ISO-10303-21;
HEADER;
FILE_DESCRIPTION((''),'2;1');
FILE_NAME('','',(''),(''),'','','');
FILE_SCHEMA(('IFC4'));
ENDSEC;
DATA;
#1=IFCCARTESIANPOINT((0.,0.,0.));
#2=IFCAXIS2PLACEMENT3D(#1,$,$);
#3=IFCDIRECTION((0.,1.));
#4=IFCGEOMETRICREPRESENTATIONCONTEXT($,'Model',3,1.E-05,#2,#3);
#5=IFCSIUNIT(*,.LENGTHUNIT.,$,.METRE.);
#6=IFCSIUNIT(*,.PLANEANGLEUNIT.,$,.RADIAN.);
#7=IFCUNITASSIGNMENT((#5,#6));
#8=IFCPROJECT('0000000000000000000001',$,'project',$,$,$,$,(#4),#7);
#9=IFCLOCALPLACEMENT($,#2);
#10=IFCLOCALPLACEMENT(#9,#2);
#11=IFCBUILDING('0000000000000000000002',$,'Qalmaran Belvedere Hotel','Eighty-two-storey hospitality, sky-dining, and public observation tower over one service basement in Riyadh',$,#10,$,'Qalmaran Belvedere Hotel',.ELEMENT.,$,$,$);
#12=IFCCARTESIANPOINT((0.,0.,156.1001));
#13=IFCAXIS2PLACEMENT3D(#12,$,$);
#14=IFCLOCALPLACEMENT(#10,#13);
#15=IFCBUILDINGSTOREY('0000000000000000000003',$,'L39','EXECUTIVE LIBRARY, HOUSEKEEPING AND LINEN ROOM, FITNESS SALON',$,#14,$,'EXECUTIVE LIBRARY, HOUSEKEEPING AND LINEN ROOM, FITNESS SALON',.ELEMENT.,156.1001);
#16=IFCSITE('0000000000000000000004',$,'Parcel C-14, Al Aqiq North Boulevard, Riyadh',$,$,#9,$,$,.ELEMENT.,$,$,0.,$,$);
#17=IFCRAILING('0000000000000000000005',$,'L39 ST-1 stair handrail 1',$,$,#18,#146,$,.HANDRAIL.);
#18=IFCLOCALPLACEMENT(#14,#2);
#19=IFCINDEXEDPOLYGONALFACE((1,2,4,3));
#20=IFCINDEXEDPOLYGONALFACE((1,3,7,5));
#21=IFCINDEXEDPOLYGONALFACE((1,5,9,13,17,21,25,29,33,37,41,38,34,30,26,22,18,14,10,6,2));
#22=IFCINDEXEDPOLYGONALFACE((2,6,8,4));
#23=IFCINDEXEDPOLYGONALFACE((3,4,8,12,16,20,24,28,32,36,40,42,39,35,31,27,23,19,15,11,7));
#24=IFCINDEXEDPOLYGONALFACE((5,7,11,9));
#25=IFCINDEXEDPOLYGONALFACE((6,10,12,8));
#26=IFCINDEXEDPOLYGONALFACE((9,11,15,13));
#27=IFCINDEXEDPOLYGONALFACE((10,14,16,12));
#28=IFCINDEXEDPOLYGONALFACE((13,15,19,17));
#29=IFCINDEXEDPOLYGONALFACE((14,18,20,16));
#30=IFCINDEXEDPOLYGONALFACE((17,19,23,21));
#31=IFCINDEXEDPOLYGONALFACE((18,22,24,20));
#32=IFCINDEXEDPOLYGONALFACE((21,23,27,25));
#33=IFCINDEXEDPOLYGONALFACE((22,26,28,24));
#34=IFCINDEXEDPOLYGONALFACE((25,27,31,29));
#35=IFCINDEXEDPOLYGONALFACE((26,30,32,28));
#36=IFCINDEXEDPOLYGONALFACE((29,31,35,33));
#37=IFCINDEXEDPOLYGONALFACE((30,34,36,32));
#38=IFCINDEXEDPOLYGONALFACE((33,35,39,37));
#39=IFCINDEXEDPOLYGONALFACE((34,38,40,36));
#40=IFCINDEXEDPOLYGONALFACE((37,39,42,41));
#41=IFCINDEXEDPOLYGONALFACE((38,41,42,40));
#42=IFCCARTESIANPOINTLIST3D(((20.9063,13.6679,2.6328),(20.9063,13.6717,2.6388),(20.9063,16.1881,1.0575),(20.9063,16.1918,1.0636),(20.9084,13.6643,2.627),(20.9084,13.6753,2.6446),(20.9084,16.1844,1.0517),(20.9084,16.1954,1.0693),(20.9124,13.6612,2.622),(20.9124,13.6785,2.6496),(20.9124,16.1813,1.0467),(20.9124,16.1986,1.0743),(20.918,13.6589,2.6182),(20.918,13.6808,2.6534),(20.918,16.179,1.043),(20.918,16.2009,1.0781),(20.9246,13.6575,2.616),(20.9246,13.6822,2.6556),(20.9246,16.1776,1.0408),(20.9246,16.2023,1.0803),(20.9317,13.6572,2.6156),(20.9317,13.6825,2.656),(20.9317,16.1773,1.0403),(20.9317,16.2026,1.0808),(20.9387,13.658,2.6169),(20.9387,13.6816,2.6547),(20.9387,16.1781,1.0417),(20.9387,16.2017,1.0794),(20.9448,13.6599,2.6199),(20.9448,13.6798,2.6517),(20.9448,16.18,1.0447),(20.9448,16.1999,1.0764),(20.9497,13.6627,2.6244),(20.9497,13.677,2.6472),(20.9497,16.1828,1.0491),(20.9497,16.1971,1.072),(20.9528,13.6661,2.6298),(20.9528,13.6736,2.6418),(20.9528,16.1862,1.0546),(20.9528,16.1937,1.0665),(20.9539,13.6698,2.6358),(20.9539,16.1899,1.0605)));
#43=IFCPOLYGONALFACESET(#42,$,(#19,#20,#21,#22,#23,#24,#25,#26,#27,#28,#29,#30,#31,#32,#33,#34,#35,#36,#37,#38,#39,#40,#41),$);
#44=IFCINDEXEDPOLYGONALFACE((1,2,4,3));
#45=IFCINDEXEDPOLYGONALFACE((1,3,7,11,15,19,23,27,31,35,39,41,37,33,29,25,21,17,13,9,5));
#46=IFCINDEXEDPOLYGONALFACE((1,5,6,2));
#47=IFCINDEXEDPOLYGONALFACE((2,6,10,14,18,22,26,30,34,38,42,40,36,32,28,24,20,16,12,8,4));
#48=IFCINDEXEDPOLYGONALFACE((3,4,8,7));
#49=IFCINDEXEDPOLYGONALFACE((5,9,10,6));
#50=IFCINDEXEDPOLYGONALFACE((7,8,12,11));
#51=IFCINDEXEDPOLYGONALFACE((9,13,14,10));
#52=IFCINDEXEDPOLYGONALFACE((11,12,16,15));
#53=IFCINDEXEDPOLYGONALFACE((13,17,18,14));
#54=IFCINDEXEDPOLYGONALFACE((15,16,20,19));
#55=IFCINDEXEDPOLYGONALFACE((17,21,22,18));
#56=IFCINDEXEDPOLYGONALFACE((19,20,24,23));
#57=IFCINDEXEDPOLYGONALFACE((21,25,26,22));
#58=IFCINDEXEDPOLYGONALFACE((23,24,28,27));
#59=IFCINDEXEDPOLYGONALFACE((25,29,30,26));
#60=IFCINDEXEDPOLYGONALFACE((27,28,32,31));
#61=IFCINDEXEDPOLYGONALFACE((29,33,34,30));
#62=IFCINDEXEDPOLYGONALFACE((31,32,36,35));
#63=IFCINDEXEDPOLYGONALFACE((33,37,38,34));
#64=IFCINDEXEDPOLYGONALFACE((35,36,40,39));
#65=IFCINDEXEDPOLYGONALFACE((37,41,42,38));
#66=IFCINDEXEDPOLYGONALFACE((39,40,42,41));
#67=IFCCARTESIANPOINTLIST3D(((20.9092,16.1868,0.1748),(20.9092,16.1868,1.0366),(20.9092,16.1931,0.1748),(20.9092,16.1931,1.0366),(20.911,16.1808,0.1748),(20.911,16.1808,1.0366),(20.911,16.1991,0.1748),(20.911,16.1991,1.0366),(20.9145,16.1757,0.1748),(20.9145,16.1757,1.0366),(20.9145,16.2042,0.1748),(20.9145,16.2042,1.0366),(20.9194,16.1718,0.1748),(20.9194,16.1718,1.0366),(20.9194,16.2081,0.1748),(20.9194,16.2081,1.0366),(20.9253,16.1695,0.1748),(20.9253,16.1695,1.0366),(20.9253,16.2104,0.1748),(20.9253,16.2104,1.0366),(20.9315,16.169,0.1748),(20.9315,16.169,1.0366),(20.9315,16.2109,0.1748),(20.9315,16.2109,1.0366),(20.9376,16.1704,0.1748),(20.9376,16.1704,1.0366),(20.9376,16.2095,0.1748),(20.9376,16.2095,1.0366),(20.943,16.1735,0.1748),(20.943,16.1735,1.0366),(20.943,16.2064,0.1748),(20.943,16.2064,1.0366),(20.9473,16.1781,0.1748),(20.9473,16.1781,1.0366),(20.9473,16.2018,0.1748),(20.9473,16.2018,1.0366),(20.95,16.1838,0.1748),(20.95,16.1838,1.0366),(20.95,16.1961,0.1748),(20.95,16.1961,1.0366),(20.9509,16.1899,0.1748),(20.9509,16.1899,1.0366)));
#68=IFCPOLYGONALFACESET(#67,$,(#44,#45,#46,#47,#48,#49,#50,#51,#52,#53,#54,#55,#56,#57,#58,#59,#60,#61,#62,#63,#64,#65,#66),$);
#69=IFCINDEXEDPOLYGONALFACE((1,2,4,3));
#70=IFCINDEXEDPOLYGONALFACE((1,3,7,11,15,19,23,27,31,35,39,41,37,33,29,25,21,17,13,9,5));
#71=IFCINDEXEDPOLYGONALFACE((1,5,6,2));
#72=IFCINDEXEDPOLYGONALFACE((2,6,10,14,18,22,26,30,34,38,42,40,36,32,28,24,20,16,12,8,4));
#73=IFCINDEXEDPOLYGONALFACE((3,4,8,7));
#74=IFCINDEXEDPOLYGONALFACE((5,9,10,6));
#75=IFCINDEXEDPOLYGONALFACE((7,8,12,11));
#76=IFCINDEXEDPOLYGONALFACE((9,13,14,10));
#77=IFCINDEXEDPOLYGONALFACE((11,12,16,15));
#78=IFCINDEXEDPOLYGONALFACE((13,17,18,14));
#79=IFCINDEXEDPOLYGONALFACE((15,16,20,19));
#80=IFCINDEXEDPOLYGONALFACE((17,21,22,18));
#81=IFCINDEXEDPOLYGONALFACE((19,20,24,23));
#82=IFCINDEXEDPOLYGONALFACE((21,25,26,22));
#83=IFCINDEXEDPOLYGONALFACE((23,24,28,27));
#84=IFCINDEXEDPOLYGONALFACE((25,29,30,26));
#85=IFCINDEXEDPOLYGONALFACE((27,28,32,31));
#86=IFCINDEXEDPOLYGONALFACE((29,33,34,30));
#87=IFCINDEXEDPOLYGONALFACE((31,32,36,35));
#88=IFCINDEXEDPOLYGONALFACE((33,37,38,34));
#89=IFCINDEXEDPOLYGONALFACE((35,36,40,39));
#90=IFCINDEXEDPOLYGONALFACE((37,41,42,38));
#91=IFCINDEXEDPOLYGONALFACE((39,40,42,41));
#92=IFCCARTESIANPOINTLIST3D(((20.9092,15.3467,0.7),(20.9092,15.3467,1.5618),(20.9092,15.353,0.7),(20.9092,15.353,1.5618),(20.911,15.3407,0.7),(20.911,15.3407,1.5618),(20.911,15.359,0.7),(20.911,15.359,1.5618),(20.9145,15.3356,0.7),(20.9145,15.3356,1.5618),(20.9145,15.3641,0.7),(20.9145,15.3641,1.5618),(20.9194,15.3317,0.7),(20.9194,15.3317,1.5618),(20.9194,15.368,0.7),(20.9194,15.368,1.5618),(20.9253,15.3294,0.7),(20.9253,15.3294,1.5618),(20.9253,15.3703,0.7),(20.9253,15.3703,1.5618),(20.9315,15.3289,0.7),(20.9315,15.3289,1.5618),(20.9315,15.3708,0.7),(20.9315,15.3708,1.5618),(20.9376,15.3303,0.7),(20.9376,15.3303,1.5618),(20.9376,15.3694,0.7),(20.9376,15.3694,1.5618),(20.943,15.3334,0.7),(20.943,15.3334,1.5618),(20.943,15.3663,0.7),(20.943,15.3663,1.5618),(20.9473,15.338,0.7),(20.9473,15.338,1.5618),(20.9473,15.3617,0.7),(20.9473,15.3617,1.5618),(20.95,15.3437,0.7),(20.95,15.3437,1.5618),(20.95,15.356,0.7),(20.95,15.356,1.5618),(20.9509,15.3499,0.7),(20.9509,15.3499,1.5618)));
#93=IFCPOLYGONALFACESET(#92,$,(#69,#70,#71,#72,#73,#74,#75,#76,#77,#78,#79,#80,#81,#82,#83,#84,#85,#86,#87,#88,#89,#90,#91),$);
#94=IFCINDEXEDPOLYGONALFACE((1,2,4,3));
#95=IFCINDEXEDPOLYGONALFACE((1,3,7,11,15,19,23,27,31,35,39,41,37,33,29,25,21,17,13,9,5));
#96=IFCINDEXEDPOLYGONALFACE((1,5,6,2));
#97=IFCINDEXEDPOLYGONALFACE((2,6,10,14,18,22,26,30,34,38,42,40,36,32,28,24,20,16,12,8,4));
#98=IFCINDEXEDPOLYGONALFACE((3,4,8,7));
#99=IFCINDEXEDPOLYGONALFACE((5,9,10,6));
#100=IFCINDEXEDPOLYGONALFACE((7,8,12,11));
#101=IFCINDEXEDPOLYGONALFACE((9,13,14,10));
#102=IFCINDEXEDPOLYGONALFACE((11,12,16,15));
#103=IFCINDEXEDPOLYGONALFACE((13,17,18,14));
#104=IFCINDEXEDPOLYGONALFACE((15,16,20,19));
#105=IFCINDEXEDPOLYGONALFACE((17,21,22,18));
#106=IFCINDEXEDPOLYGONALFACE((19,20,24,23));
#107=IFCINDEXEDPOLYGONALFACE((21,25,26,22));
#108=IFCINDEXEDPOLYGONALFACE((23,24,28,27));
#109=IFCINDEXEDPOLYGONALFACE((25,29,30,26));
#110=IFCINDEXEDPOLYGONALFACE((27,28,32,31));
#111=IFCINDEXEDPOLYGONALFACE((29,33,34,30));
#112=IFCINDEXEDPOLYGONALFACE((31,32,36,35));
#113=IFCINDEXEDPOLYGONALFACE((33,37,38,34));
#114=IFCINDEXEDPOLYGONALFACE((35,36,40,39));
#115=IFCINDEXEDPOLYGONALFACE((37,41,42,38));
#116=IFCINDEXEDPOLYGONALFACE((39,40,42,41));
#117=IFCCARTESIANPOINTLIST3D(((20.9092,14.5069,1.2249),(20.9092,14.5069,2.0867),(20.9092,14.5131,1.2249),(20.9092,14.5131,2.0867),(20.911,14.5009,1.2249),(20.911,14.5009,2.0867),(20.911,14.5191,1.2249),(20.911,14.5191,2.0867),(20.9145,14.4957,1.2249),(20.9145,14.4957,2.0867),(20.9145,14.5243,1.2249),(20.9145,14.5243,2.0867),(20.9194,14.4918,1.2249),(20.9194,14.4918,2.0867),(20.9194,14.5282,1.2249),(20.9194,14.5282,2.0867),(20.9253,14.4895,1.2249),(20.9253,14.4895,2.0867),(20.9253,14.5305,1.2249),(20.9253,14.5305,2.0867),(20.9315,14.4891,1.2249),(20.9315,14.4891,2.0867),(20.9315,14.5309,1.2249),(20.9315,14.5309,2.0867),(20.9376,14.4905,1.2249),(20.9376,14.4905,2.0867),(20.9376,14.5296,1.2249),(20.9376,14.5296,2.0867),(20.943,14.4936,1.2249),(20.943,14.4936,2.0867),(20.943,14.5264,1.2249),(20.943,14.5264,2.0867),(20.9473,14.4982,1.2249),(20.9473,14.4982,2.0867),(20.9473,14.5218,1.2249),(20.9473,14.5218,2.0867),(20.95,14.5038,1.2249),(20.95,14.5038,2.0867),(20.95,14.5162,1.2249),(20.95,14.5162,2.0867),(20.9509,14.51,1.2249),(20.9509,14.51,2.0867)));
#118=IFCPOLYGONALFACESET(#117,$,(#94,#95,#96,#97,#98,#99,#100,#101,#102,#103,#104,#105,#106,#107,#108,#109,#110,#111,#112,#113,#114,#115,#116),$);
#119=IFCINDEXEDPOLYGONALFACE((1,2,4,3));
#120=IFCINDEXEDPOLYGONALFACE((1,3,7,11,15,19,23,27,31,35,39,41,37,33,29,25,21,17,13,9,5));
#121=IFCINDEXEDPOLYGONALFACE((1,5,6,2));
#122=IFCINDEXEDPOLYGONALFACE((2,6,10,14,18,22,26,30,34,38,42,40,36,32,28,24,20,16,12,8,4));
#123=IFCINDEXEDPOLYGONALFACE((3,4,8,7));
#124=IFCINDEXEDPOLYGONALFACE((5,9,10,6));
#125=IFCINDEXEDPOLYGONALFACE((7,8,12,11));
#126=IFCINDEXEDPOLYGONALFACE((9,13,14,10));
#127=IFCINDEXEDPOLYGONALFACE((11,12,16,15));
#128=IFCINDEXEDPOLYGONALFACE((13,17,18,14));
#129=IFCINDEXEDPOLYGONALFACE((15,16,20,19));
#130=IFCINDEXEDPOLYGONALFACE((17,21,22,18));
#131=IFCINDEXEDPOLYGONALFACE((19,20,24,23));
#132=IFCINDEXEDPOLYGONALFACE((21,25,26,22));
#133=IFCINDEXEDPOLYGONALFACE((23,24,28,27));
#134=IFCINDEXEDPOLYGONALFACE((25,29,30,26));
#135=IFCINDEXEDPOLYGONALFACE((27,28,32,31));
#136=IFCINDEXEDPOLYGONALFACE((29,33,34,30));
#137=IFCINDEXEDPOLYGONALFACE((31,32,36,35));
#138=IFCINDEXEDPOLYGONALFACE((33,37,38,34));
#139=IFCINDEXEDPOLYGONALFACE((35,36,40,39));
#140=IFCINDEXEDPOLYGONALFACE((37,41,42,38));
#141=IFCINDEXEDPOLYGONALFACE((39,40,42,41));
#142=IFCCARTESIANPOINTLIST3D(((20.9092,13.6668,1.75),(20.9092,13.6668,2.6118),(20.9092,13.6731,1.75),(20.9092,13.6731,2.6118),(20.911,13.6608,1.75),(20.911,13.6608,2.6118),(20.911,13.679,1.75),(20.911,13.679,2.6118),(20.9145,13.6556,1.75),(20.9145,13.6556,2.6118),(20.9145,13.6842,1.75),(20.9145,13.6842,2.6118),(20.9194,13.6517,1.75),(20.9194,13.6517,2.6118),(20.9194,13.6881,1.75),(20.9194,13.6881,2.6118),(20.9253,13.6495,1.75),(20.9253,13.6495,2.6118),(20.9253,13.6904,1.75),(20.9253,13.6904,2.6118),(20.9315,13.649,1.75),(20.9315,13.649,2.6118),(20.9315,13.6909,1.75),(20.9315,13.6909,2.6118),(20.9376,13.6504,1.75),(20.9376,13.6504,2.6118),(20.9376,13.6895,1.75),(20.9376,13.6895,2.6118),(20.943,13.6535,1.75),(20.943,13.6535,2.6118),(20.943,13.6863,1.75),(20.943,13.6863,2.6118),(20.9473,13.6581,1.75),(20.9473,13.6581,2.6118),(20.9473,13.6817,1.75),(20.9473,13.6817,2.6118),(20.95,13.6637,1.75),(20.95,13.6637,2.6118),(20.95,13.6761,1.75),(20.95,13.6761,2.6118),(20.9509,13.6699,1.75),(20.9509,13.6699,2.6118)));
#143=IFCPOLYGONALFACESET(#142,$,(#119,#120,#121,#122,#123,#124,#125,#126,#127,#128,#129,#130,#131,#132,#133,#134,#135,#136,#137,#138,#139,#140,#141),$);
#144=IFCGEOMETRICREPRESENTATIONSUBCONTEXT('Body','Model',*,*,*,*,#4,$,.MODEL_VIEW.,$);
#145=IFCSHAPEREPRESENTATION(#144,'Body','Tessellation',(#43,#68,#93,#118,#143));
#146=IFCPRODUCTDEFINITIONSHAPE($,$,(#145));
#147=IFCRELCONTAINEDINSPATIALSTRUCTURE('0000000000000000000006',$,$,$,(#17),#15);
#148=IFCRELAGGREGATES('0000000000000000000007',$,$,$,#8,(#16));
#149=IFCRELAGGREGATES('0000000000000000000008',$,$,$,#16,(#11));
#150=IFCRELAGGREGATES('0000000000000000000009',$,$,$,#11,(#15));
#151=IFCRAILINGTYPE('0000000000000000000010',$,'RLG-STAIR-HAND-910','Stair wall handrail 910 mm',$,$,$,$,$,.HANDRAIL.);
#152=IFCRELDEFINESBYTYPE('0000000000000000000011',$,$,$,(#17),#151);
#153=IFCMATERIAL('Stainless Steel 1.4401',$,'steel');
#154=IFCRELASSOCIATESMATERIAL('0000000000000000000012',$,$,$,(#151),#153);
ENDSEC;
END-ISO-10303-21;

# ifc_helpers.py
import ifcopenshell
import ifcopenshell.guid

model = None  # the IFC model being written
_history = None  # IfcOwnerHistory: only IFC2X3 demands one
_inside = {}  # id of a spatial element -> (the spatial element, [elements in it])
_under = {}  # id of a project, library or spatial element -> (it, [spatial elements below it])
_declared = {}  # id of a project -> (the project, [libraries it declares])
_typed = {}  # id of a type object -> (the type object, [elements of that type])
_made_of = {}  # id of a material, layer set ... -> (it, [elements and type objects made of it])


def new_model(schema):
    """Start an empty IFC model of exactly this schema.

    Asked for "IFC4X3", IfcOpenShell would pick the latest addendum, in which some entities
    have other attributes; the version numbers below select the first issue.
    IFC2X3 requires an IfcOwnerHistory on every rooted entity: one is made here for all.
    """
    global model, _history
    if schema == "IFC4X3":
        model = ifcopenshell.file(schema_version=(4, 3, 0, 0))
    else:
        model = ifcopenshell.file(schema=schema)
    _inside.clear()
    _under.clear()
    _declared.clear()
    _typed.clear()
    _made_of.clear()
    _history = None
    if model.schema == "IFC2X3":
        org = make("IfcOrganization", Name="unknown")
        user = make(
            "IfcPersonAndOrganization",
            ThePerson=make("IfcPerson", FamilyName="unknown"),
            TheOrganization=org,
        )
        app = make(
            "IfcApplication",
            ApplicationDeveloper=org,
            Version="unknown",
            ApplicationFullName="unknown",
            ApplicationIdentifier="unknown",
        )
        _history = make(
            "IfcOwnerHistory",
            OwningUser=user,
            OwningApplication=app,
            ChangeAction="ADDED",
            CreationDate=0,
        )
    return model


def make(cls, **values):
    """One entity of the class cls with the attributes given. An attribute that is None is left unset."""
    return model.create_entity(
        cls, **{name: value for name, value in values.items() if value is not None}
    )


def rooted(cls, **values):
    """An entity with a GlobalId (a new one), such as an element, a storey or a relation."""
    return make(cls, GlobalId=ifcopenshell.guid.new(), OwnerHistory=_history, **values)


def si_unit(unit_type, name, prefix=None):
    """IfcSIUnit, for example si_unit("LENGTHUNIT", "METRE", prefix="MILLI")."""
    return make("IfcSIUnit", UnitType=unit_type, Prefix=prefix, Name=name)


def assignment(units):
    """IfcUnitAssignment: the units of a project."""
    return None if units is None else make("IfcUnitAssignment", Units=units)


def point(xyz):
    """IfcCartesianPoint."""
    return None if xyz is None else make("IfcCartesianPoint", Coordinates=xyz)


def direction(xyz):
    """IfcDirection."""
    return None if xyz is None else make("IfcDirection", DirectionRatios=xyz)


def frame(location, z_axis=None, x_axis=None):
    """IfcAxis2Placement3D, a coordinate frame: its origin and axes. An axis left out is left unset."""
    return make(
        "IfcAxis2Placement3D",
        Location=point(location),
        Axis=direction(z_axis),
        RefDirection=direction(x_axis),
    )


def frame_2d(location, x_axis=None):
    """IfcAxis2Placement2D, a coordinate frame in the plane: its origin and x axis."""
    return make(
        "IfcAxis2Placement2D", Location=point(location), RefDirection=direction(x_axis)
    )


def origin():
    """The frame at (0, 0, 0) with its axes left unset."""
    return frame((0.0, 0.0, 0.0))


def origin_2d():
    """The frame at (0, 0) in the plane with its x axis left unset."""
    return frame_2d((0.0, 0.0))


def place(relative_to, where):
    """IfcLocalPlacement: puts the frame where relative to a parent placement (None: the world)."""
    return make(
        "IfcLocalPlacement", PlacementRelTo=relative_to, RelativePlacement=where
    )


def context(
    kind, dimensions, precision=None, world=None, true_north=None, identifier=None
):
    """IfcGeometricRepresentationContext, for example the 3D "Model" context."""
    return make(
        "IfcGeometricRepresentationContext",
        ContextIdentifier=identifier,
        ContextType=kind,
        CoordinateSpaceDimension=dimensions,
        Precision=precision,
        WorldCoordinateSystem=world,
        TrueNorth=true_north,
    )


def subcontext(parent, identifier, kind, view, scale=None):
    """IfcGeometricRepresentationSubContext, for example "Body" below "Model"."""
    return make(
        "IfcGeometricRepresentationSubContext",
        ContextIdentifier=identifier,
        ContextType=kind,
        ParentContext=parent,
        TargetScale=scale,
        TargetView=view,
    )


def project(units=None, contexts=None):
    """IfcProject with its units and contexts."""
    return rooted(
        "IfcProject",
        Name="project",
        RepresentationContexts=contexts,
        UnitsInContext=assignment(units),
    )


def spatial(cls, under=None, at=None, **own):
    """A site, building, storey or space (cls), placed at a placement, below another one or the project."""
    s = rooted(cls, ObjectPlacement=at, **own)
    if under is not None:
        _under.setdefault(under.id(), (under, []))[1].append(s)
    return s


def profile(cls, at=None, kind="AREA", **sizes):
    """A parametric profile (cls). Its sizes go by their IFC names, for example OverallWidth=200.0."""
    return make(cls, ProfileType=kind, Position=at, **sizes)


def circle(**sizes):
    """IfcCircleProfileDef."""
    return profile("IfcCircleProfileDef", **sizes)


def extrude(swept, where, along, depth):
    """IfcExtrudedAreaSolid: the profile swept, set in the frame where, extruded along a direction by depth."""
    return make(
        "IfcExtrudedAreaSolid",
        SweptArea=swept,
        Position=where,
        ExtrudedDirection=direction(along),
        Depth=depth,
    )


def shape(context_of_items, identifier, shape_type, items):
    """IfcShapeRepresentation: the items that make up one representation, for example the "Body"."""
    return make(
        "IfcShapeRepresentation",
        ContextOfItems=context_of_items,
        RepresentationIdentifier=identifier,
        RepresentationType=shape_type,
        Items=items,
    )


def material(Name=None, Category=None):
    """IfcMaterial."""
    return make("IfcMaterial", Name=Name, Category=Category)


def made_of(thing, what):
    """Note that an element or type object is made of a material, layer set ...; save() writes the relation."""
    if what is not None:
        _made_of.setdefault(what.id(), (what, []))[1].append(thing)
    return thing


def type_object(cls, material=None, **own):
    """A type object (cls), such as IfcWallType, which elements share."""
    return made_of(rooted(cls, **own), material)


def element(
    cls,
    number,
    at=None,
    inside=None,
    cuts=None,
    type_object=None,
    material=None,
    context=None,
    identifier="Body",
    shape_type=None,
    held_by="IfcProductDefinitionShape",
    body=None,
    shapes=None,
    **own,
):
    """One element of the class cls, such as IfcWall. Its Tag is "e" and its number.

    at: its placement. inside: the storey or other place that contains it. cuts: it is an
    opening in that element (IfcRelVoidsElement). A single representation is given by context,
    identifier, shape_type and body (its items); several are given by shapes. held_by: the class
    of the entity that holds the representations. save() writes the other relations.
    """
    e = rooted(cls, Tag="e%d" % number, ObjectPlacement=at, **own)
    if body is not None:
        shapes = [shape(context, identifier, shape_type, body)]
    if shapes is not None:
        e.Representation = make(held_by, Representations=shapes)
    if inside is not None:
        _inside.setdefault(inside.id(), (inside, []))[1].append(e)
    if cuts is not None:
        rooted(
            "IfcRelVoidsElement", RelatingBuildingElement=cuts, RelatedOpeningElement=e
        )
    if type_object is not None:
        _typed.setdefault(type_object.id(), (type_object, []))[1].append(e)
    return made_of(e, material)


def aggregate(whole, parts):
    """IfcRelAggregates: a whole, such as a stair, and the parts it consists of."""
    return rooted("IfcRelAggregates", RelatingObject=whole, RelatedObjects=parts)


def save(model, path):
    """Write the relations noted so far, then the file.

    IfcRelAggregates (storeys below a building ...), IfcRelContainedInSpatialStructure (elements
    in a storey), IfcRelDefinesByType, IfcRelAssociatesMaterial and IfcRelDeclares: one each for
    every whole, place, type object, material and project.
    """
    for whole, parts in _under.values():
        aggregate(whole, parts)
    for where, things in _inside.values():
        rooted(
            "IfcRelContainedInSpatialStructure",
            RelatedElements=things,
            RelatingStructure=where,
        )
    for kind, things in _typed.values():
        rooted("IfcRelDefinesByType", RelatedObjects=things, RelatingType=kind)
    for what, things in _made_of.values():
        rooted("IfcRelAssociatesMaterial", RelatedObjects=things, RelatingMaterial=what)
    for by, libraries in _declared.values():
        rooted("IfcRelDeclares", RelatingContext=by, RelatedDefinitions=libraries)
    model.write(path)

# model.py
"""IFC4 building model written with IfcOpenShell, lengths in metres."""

from ifc_helpers import new_model, si_unit, direction, frame, origin, origin_2d, place, context, subcontext, project, spatial, circle, extrude, material, type_object, element, save


model = new_model("IFC4")

# Units and contexts
model_context = context("Model", 3, precision=1e-05, world=origin(), true_north=direction((0.0, 1.0)))
body_context = subcontext(model_context, "Body", "Model", "MODEL_VIEW")
ifc_project = project(units=[si_unit("LENGTHUNIT", "METRE"), si_unit("PLANEANGLEUNIT", "RADIAN")], contexts=[model_context])

# Site, building, storey
site_placement = place(None, origin())
site = spatial("IfcSite", under=ifc_project, at=site_placement, Name="Parcel C-14, Al Aqiq North Boulevard, Riyadh", CompositionType="ELEMENT", RefElevation=0.0)
building_placement = place(site_placement, origin())
building = spatial("IfcBuilding", under=site, at=building_placement, Name="Qalmaran Belvedere Hotel", Description="Eighty-two-storey hospitality, sky-dining, and public observation tower over one service basement in Riyadh", LongName="Qalmaran Belvedere Hotel", CompositionType="ELEMENT")
storey_placement = place(building_placement, frame((0.0, 0.0, 156.1001)))
storey = spatial("IfcBuildingStorey", under=building, at=storey_placement, Name="L39", Description="EXECUTIVE LIBRARY, HOUSEKEEPING AND LINEN ROOM, FITNESS SALON", LongName="EXECUTIVE LIBRARY, HOUSEKEEPING AND LINEN ROOM, FITNESS SALON", CompositionType="ELEMENT", Elevation=156.1001)

# Shared definitions
ifc_material_1 = material(Name="Stainless Steel 1.4401", Category="steel")

# Railing
railing_type_1 = type_object("IfcRailingType", Name="RLG-STAIR-HAND-910", Description="Stair wall handrail 910 mm", PredefinedType="HANDRAIL", material=ifc_material_1)
railing_1_placement = place(storey_placement, frame((20.9299, 16.1899, 0.1748)))
element("IfcRailing", 1, at=railing_1_placement, inside=storey, type_object=railing_type_1, Name="L39 ST-1 stair handrail 1", PredefinedType="HANDRAIL", context=body_context, shape_type="SweptSolid", body=[
    extrude(circle(Radius=0.0239, at=origin_2d()), frame((0.0, 0.0, 0.8857), z_axis=(0.0, -0.847971, 0.530043), x_axis=(1.0, 0.0, 0.0)), (0.0, 0.0, 1.0), 2.9719),
    extrude(circle(Radius=0.021, at=origin_2d()), origin(), (0.0, 0.0, 1.0), 0.8618),
    extrude(circle(Radius=0.021, at=origin_2d()), frame((0.0, -0.8401, 0.5251)), (0.0, 0.0, 1.0), 0.8618),
    extrude(circle(Radius=0.021, at=origin_2d()), frame((0.0, -1.6799, 1.05)), (0.0, 0.0, 1.0), 0.8618),
    extrude(circle(Radius=0.021, at=origin_2d()), frame((0.0, -2.52, 1.5752)), (0.0, 0.0, 1.0), 0.8618),
])

save(model, "model.ifc")
